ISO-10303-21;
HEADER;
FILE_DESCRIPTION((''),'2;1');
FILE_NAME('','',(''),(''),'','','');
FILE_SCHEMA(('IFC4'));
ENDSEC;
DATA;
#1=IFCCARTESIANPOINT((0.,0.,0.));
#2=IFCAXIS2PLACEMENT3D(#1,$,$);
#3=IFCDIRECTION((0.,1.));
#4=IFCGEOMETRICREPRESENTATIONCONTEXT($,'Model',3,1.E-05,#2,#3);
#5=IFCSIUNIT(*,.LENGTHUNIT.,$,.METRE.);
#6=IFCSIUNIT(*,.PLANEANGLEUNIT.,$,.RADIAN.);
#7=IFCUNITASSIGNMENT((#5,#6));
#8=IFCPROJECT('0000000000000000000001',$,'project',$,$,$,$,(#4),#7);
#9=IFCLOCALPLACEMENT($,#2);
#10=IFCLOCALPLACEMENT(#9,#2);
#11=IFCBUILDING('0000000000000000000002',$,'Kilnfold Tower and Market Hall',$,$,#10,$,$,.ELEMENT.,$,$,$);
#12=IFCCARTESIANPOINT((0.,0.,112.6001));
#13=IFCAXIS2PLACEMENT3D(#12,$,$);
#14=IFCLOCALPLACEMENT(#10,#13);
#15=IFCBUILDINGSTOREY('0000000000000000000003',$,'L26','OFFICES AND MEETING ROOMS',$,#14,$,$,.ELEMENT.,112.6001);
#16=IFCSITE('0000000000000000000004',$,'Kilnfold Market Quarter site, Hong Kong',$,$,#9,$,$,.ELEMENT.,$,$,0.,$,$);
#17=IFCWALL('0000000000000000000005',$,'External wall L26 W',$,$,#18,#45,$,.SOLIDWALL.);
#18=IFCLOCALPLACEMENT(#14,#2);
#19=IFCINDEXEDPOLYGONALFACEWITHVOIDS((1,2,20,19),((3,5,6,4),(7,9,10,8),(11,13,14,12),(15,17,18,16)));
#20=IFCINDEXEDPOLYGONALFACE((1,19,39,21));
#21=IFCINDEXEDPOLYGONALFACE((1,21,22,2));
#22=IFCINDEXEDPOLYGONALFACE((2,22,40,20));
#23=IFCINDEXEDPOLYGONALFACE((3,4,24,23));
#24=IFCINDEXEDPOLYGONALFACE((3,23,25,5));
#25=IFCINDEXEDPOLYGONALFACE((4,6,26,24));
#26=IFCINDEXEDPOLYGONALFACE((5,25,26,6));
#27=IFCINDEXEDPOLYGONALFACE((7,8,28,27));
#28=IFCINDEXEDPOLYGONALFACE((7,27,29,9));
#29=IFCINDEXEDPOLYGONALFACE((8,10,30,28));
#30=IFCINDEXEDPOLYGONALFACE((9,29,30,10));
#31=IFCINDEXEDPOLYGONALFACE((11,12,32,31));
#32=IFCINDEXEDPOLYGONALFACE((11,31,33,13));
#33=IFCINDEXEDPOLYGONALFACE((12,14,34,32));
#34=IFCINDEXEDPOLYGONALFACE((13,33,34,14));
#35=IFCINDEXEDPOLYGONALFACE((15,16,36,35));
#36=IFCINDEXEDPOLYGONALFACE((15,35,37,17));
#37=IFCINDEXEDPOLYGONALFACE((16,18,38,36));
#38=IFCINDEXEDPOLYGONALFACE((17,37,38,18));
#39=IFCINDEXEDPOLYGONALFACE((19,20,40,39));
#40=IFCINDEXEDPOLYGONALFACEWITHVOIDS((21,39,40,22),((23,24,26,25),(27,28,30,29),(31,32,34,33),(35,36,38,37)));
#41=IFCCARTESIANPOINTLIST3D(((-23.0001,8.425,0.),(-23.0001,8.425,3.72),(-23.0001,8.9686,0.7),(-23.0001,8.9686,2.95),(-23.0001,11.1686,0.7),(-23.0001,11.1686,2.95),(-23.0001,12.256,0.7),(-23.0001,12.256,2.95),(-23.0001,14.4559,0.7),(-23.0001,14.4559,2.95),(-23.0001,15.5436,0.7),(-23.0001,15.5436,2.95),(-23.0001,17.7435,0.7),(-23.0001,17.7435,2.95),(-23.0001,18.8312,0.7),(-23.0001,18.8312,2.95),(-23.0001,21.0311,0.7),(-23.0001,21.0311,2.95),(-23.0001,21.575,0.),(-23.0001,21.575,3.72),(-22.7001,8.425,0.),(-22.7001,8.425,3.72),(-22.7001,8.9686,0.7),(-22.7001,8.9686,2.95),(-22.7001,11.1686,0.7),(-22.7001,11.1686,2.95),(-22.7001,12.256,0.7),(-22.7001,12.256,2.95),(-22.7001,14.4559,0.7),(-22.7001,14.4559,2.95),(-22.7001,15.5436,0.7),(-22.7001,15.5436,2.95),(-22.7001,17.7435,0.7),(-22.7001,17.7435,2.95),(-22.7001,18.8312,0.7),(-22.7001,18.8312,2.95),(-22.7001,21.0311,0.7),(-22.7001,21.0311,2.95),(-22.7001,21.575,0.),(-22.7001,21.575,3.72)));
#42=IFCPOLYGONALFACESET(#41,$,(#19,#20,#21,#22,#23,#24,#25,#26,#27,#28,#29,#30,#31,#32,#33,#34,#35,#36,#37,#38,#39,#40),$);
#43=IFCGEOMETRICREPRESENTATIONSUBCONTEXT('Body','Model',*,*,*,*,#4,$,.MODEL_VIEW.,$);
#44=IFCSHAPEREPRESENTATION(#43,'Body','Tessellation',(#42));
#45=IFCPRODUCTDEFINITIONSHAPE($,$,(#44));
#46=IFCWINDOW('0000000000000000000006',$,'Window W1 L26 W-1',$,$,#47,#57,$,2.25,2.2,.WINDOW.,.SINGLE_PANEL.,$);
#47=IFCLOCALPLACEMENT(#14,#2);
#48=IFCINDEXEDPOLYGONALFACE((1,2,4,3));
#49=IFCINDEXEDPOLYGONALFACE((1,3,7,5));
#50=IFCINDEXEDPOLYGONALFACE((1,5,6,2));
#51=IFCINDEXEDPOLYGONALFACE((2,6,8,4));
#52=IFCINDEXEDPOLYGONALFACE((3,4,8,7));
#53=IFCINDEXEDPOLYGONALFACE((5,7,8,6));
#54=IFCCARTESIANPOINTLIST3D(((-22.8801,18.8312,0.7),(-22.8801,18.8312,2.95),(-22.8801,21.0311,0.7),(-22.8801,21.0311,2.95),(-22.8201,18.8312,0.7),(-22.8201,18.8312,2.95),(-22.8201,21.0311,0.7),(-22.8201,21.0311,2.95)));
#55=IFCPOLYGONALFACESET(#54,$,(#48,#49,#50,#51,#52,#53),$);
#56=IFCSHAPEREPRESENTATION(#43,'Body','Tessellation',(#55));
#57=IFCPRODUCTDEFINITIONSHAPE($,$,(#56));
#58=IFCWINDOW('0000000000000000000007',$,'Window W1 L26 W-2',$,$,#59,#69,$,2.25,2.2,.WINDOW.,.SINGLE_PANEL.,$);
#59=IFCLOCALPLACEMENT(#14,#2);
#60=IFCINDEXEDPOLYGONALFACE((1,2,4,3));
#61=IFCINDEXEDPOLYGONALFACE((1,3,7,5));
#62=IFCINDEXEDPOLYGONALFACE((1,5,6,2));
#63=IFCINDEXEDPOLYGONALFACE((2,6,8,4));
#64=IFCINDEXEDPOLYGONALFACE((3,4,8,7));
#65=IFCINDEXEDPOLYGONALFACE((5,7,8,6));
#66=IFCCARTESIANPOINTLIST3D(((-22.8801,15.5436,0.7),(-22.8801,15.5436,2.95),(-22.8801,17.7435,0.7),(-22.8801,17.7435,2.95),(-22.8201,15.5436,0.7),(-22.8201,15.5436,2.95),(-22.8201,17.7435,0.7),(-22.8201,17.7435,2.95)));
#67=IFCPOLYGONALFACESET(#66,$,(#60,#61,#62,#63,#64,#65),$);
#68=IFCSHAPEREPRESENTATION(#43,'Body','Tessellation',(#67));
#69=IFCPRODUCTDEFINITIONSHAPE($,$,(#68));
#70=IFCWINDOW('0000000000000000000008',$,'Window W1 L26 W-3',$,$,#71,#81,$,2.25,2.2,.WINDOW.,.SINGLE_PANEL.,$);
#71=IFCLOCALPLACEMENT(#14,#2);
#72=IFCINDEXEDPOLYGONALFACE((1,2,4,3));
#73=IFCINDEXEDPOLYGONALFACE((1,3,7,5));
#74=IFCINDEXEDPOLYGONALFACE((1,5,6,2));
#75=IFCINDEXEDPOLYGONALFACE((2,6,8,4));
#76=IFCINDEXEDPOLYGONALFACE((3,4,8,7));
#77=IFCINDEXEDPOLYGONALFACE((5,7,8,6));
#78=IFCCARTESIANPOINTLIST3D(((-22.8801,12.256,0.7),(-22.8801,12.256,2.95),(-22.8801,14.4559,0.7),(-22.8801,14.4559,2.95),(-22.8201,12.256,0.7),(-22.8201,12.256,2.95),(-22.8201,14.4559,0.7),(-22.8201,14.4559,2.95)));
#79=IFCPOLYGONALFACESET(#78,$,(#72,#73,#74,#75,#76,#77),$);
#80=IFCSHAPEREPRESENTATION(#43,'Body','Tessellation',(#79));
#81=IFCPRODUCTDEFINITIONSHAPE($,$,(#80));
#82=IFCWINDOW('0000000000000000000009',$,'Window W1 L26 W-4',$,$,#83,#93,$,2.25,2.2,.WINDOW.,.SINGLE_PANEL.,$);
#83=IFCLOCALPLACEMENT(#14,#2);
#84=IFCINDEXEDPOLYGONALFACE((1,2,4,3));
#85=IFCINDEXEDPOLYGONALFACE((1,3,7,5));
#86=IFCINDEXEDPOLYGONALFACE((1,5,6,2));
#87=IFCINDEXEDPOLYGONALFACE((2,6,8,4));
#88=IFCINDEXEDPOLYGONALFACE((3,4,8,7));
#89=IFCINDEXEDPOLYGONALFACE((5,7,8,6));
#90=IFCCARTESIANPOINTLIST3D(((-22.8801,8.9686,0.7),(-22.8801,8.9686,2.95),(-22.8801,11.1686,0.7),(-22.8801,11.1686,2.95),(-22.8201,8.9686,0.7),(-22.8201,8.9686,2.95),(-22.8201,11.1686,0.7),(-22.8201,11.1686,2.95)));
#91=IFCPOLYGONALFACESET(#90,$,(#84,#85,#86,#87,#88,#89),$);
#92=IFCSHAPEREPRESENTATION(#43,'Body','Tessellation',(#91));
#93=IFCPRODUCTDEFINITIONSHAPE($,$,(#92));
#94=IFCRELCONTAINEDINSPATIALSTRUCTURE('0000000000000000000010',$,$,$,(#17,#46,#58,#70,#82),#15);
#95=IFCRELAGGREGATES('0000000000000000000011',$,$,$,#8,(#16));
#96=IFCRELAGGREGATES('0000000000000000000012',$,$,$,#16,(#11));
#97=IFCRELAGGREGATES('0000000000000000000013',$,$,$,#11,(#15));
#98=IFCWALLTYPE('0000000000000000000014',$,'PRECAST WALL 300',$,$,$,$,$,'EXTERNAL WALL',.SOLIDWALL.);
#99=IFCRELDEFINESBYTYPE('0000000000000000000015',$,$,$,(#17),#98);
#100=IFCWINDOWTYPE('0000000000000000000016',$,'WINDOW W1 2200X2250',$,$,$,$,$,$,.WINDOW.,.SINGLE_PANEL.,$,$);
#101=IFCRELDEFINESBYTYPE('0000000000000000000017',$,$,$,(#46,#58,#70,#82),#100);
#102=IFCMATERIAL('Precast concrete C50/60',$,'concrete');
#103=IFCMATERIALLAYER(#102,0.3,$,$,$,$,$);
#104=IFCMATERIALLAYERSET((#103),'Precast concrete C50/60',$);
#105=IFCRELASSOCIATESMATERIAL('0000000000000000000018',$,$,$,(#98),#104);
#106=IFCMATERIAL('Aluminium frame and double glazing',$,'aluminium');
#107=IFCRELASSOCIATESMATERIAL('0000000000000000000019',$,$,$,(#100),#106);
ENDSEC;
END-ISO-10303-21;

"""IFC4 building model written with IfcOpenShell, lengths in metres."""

from ifc_helpers import new_model, si_unit, direction, frame, frame_2d, origin, place, context, subcontext, project, spatial, rectangle, extrude, source, transform, mapped, material, layer, layer_set, type_object, element, fill, save


model = new_model("IFC4")

# Units and contexts
model_context = context("Model", 3, precision=1e-05, world=origin(), true_north=direction((0.0, 1.0)))
body_context = subcontext(model_context, "Body", "Model", "MODEL_VIEW")
ifc_project = project(units=[si_unit("LENGTHUNIT", "METRE"), si_unit("PLANEANGLEUNIT", "RADIAN")], contexts=[model_context])

# Site, building, storey
site_placement = place(None, origin())
site = spatial("IfcSite", under=ifc_project, at=site_placement, Name="Kilnfold Market Quarter site, Hong Kong", CompositionType="ELEMENT", RefElevation=0.0)
building_placement = place(site_placement, origin())
building = spatial("IfcBuilding", under=site, at=building_placement, Name="Kilnfold Tower and Market Hall", CompositionType="ELEMENT")
storey_placement = place(building_placement, frame((0.0, 0.0, 112.6001)))
storey = spatial("IfcBuildingStorey", under=building, at=storey_placement, Name="L26", Description="OFFICES AND MEETING ROOMS", CompositionType="ELEMENT", Elevation=112.6001)

# Shared definitions
ifc_material_1 = material(Name="Precast concrete C50/60", Category="concrete")
ifc_layer_1 = layer(ifc_material_1, 0.3)
ifc_layer_set_1 = layer_set([ifc_layer_1], Name="Precast concrete C50/60")
wall_type_1 = type_object("IfcWallType", Name="PRECAST WALL 300", ElementType="EXTERNAL WALL", PredefinedType="SOLIDWALL", material=ifc_layer_set_1)
ifc_material_2 = material(Name="Aluminium frame and double glazing", Category="aluminium")
window_type = type_object("IfcWindowType", Name="WINDOW W1 2200X2250", PartitioningType="SINGLE_PANEL", PredefinedType="WINDOW", material=ifc_material_2)

# Wall, openings, windows
shared_shape_1 = source(origin(), body_context, "Body", "SweptSolid", [
    extrude(rectangle(XDim=13.1499, YDim=0.3, at=frame_2d((6.575, 0.0))), origin(), (0.0, 0.0, 1.0), 3.72),
])
wall_1_placement = place(storey_placement, frame((-22.8501, 21.575, 0.0), z_axis=(0.0, 0.0, 1.0), x_axis=(0.0, -1.0, 0.0)))
wall_1 = element("IfcWall", 1, at=wall_1_placement, inside=storey, type_object=wall_type_1, Name="External wall L26 W", PredefinedType="SOLIDWALL", context=body_context, shape_type="MappedRepresentation", body=[
    mapped(shared_shape_1, transform((0.0, 0.0, 0.0))),
])
opening_1_placement = place(wall_1_placement, frame((0.5437, 0.0, 0.7)))
opening_1 = element("IfcOpeningElement", 2, at=opening_1_placement, cuts=wall_1, PredefinedType="OPENING", context=body_context, shape_type="SweptSolid", body=[
    extrude(rectangle(XDim=2.2, YDim=2.25, at=frame_2d((1.1001, 1.125))), frame((0.0, 0.1602, 0.0), z_axis=(0.0, -1.0, 0.0), x_axis=(1.0, 0.0, 0.0)), (0.0, 0.0, 1.0), 0.3201),
])
opening_2_placement = place(wall_1_placement, frame((3.8313, 0.0, 0.7)))
opening_2 = element("IfcOpeningElement", 3, at=opening_2_placement, cuts=wall_1, PredefinedType="OPENING", context=body_context, shape_type="SweptSolid", body=[
    extrude(rectangle(XDim=2.2, YDim=2.25, at=frame_2d((1.1001, 1.125))), frame((0.0, 0.1602, 0.0), z_axis=(0.0, -1.0, 0.0), x_axis=(1.0, 0.0, 0.0)), (0.0, 0.0, 1.0), 0.3201),
])
opening_3_placement = place(wall_1_placement, frame((7.1189, 0.0, 0.7)))
opening_3 = element("IfcOpeningElement", 4, at=opening_3_placement, cuts=wall_1, PredefinedType="OPENING", context=body_context, shape_type="SweptSolid", body=[
    extrude(rectangle(XDim=2.2, YDim=2.25, at=frame_2d((1.1001, 1.125))), frame((0.0, 0.1602, 0.0), z_axis=(0.0, -1.0, 0.0), x_axis=(1.0, 0.0, 0.0)), (0.0, 0.0, 1.0), 0.3201),
])
opening_4_placement = place(wall_1_placement, frame((10.4062, 0.0, 0.7)))
opening_4 = element("IfcOpeningElement", 5, at=opening_4_placement, cuts=wall_1, PredefinedType="OPENING", context=body_context, shape_type="SweptSolid", body=[
    extrude(rectangle(XDim=2.2, YDim=2.25, at=frame_2d((1.1001, 1.125))), frame((0.0, 0.1602, 0.0), z_axis=(0.0, -1.0, 0.0), x_axis=(1.0, 0.0, 0.0)), (0.0, 0.0, 1.0), 0.3201),
])
window_1_placement = place(opening_1_placement, origin())
window_1 = element("IfcWindow", 6, at=window_1_placement, inside=storey, type_object=window_type, Name="Window W1 L26 W-1", OverallHeight=2.25, OverallWidth=2.2, PartitioningType="SINGLE_PANEL", PredefinedType="WINDOW", context=body_context, shape_type="SweptSolid", body=[
    extrude(rectangle(XDim=2.2, YDim=2.25, at=frame_2d((1.1001, 1.125))), frame((0.0, 0.03, 0.0), z_axis=(0.0, -1.0, 0.0), x_axis=(1.0, 0.0, 0.0)), (0.0, 0.0, 1.0), 0.0601),
])
fill(opening_1, window_1)
window_2_placement = place(opening_2_placement, origin())
window_2 = element("IfcWindow", 7, at=window_2_placement, inside=storey, type_object=window_type, Name="Window W1 L26 W-2", OverallHeight=2.25, OverallWidth=2.2, PartitioningType="SINGLE_PANEL", PredefinedType="WINDOW", context=body_context, shape_type="SweptSolid", body=[
    extrude(rectangle(XDim=2.2, YDim=2.25, at=frame_2d((1.1001, 1.125))), frame((0.0, 0.03, 0.0), z_axis=(0.0, -1.0, 0.0), x_axis=(1.0, 0.0, 0.0)), (0.0, 0.0, 1.0), 0.0601),
])
fill(opening_2, window_2)
window_3_placement = place(opening_3_placement, origin())
window_3 = element("IfcWindow", 8, at=window_3_placement, inside=storey, type_object=window_type, Name="Window W1 L26 W-3", OverallHeight=2.25, OverallWidth=2.2, PartitioningType="SINGLE_PANEL", PredefinedType="WINDOW", context=body_context, shape_type="SweptSolid", body=[
    extrude(rectangle(XDim=2.2, YDim=2.25, at=frame_2d((1.1001, 1.125))), frame((0.0, 0.03, 0.0), z_axis=(0.0, -1.0, 0.0), x_axis=(1.0, 0.0, 0.0)), (0.0, 0.0, 1.0), 0.0601),
])
fill(opening_3, window_3)
window_4_placement = place(opening_4_placement, origin())
window_4 = element("IfcWindow", 9, at=window_4_placement, inside=storey, type_object=window_type, Name="Window W1 L26 W-4", OverallHeight=2.25, OverallWidth=2.2, PartitioningType="SINGLE_PANEL", PredefinedType="WINDOW", context=body_context, shape_type="SweptSolid", body=[
    extrude(rectangle(XDim=2.2, YDim=2.25, at=frame_2d((1.1001, 1.125))), frame((0.0, 0.03, 0.0), z_axis=(0.0, -1.0, 0.0), x_axis=(1.0, 0.0, 0.0)), (0.0, 0.0, 1.0), 0.0601),
])
fill(opening_4, window_4)

save(model, "model.ifc")
